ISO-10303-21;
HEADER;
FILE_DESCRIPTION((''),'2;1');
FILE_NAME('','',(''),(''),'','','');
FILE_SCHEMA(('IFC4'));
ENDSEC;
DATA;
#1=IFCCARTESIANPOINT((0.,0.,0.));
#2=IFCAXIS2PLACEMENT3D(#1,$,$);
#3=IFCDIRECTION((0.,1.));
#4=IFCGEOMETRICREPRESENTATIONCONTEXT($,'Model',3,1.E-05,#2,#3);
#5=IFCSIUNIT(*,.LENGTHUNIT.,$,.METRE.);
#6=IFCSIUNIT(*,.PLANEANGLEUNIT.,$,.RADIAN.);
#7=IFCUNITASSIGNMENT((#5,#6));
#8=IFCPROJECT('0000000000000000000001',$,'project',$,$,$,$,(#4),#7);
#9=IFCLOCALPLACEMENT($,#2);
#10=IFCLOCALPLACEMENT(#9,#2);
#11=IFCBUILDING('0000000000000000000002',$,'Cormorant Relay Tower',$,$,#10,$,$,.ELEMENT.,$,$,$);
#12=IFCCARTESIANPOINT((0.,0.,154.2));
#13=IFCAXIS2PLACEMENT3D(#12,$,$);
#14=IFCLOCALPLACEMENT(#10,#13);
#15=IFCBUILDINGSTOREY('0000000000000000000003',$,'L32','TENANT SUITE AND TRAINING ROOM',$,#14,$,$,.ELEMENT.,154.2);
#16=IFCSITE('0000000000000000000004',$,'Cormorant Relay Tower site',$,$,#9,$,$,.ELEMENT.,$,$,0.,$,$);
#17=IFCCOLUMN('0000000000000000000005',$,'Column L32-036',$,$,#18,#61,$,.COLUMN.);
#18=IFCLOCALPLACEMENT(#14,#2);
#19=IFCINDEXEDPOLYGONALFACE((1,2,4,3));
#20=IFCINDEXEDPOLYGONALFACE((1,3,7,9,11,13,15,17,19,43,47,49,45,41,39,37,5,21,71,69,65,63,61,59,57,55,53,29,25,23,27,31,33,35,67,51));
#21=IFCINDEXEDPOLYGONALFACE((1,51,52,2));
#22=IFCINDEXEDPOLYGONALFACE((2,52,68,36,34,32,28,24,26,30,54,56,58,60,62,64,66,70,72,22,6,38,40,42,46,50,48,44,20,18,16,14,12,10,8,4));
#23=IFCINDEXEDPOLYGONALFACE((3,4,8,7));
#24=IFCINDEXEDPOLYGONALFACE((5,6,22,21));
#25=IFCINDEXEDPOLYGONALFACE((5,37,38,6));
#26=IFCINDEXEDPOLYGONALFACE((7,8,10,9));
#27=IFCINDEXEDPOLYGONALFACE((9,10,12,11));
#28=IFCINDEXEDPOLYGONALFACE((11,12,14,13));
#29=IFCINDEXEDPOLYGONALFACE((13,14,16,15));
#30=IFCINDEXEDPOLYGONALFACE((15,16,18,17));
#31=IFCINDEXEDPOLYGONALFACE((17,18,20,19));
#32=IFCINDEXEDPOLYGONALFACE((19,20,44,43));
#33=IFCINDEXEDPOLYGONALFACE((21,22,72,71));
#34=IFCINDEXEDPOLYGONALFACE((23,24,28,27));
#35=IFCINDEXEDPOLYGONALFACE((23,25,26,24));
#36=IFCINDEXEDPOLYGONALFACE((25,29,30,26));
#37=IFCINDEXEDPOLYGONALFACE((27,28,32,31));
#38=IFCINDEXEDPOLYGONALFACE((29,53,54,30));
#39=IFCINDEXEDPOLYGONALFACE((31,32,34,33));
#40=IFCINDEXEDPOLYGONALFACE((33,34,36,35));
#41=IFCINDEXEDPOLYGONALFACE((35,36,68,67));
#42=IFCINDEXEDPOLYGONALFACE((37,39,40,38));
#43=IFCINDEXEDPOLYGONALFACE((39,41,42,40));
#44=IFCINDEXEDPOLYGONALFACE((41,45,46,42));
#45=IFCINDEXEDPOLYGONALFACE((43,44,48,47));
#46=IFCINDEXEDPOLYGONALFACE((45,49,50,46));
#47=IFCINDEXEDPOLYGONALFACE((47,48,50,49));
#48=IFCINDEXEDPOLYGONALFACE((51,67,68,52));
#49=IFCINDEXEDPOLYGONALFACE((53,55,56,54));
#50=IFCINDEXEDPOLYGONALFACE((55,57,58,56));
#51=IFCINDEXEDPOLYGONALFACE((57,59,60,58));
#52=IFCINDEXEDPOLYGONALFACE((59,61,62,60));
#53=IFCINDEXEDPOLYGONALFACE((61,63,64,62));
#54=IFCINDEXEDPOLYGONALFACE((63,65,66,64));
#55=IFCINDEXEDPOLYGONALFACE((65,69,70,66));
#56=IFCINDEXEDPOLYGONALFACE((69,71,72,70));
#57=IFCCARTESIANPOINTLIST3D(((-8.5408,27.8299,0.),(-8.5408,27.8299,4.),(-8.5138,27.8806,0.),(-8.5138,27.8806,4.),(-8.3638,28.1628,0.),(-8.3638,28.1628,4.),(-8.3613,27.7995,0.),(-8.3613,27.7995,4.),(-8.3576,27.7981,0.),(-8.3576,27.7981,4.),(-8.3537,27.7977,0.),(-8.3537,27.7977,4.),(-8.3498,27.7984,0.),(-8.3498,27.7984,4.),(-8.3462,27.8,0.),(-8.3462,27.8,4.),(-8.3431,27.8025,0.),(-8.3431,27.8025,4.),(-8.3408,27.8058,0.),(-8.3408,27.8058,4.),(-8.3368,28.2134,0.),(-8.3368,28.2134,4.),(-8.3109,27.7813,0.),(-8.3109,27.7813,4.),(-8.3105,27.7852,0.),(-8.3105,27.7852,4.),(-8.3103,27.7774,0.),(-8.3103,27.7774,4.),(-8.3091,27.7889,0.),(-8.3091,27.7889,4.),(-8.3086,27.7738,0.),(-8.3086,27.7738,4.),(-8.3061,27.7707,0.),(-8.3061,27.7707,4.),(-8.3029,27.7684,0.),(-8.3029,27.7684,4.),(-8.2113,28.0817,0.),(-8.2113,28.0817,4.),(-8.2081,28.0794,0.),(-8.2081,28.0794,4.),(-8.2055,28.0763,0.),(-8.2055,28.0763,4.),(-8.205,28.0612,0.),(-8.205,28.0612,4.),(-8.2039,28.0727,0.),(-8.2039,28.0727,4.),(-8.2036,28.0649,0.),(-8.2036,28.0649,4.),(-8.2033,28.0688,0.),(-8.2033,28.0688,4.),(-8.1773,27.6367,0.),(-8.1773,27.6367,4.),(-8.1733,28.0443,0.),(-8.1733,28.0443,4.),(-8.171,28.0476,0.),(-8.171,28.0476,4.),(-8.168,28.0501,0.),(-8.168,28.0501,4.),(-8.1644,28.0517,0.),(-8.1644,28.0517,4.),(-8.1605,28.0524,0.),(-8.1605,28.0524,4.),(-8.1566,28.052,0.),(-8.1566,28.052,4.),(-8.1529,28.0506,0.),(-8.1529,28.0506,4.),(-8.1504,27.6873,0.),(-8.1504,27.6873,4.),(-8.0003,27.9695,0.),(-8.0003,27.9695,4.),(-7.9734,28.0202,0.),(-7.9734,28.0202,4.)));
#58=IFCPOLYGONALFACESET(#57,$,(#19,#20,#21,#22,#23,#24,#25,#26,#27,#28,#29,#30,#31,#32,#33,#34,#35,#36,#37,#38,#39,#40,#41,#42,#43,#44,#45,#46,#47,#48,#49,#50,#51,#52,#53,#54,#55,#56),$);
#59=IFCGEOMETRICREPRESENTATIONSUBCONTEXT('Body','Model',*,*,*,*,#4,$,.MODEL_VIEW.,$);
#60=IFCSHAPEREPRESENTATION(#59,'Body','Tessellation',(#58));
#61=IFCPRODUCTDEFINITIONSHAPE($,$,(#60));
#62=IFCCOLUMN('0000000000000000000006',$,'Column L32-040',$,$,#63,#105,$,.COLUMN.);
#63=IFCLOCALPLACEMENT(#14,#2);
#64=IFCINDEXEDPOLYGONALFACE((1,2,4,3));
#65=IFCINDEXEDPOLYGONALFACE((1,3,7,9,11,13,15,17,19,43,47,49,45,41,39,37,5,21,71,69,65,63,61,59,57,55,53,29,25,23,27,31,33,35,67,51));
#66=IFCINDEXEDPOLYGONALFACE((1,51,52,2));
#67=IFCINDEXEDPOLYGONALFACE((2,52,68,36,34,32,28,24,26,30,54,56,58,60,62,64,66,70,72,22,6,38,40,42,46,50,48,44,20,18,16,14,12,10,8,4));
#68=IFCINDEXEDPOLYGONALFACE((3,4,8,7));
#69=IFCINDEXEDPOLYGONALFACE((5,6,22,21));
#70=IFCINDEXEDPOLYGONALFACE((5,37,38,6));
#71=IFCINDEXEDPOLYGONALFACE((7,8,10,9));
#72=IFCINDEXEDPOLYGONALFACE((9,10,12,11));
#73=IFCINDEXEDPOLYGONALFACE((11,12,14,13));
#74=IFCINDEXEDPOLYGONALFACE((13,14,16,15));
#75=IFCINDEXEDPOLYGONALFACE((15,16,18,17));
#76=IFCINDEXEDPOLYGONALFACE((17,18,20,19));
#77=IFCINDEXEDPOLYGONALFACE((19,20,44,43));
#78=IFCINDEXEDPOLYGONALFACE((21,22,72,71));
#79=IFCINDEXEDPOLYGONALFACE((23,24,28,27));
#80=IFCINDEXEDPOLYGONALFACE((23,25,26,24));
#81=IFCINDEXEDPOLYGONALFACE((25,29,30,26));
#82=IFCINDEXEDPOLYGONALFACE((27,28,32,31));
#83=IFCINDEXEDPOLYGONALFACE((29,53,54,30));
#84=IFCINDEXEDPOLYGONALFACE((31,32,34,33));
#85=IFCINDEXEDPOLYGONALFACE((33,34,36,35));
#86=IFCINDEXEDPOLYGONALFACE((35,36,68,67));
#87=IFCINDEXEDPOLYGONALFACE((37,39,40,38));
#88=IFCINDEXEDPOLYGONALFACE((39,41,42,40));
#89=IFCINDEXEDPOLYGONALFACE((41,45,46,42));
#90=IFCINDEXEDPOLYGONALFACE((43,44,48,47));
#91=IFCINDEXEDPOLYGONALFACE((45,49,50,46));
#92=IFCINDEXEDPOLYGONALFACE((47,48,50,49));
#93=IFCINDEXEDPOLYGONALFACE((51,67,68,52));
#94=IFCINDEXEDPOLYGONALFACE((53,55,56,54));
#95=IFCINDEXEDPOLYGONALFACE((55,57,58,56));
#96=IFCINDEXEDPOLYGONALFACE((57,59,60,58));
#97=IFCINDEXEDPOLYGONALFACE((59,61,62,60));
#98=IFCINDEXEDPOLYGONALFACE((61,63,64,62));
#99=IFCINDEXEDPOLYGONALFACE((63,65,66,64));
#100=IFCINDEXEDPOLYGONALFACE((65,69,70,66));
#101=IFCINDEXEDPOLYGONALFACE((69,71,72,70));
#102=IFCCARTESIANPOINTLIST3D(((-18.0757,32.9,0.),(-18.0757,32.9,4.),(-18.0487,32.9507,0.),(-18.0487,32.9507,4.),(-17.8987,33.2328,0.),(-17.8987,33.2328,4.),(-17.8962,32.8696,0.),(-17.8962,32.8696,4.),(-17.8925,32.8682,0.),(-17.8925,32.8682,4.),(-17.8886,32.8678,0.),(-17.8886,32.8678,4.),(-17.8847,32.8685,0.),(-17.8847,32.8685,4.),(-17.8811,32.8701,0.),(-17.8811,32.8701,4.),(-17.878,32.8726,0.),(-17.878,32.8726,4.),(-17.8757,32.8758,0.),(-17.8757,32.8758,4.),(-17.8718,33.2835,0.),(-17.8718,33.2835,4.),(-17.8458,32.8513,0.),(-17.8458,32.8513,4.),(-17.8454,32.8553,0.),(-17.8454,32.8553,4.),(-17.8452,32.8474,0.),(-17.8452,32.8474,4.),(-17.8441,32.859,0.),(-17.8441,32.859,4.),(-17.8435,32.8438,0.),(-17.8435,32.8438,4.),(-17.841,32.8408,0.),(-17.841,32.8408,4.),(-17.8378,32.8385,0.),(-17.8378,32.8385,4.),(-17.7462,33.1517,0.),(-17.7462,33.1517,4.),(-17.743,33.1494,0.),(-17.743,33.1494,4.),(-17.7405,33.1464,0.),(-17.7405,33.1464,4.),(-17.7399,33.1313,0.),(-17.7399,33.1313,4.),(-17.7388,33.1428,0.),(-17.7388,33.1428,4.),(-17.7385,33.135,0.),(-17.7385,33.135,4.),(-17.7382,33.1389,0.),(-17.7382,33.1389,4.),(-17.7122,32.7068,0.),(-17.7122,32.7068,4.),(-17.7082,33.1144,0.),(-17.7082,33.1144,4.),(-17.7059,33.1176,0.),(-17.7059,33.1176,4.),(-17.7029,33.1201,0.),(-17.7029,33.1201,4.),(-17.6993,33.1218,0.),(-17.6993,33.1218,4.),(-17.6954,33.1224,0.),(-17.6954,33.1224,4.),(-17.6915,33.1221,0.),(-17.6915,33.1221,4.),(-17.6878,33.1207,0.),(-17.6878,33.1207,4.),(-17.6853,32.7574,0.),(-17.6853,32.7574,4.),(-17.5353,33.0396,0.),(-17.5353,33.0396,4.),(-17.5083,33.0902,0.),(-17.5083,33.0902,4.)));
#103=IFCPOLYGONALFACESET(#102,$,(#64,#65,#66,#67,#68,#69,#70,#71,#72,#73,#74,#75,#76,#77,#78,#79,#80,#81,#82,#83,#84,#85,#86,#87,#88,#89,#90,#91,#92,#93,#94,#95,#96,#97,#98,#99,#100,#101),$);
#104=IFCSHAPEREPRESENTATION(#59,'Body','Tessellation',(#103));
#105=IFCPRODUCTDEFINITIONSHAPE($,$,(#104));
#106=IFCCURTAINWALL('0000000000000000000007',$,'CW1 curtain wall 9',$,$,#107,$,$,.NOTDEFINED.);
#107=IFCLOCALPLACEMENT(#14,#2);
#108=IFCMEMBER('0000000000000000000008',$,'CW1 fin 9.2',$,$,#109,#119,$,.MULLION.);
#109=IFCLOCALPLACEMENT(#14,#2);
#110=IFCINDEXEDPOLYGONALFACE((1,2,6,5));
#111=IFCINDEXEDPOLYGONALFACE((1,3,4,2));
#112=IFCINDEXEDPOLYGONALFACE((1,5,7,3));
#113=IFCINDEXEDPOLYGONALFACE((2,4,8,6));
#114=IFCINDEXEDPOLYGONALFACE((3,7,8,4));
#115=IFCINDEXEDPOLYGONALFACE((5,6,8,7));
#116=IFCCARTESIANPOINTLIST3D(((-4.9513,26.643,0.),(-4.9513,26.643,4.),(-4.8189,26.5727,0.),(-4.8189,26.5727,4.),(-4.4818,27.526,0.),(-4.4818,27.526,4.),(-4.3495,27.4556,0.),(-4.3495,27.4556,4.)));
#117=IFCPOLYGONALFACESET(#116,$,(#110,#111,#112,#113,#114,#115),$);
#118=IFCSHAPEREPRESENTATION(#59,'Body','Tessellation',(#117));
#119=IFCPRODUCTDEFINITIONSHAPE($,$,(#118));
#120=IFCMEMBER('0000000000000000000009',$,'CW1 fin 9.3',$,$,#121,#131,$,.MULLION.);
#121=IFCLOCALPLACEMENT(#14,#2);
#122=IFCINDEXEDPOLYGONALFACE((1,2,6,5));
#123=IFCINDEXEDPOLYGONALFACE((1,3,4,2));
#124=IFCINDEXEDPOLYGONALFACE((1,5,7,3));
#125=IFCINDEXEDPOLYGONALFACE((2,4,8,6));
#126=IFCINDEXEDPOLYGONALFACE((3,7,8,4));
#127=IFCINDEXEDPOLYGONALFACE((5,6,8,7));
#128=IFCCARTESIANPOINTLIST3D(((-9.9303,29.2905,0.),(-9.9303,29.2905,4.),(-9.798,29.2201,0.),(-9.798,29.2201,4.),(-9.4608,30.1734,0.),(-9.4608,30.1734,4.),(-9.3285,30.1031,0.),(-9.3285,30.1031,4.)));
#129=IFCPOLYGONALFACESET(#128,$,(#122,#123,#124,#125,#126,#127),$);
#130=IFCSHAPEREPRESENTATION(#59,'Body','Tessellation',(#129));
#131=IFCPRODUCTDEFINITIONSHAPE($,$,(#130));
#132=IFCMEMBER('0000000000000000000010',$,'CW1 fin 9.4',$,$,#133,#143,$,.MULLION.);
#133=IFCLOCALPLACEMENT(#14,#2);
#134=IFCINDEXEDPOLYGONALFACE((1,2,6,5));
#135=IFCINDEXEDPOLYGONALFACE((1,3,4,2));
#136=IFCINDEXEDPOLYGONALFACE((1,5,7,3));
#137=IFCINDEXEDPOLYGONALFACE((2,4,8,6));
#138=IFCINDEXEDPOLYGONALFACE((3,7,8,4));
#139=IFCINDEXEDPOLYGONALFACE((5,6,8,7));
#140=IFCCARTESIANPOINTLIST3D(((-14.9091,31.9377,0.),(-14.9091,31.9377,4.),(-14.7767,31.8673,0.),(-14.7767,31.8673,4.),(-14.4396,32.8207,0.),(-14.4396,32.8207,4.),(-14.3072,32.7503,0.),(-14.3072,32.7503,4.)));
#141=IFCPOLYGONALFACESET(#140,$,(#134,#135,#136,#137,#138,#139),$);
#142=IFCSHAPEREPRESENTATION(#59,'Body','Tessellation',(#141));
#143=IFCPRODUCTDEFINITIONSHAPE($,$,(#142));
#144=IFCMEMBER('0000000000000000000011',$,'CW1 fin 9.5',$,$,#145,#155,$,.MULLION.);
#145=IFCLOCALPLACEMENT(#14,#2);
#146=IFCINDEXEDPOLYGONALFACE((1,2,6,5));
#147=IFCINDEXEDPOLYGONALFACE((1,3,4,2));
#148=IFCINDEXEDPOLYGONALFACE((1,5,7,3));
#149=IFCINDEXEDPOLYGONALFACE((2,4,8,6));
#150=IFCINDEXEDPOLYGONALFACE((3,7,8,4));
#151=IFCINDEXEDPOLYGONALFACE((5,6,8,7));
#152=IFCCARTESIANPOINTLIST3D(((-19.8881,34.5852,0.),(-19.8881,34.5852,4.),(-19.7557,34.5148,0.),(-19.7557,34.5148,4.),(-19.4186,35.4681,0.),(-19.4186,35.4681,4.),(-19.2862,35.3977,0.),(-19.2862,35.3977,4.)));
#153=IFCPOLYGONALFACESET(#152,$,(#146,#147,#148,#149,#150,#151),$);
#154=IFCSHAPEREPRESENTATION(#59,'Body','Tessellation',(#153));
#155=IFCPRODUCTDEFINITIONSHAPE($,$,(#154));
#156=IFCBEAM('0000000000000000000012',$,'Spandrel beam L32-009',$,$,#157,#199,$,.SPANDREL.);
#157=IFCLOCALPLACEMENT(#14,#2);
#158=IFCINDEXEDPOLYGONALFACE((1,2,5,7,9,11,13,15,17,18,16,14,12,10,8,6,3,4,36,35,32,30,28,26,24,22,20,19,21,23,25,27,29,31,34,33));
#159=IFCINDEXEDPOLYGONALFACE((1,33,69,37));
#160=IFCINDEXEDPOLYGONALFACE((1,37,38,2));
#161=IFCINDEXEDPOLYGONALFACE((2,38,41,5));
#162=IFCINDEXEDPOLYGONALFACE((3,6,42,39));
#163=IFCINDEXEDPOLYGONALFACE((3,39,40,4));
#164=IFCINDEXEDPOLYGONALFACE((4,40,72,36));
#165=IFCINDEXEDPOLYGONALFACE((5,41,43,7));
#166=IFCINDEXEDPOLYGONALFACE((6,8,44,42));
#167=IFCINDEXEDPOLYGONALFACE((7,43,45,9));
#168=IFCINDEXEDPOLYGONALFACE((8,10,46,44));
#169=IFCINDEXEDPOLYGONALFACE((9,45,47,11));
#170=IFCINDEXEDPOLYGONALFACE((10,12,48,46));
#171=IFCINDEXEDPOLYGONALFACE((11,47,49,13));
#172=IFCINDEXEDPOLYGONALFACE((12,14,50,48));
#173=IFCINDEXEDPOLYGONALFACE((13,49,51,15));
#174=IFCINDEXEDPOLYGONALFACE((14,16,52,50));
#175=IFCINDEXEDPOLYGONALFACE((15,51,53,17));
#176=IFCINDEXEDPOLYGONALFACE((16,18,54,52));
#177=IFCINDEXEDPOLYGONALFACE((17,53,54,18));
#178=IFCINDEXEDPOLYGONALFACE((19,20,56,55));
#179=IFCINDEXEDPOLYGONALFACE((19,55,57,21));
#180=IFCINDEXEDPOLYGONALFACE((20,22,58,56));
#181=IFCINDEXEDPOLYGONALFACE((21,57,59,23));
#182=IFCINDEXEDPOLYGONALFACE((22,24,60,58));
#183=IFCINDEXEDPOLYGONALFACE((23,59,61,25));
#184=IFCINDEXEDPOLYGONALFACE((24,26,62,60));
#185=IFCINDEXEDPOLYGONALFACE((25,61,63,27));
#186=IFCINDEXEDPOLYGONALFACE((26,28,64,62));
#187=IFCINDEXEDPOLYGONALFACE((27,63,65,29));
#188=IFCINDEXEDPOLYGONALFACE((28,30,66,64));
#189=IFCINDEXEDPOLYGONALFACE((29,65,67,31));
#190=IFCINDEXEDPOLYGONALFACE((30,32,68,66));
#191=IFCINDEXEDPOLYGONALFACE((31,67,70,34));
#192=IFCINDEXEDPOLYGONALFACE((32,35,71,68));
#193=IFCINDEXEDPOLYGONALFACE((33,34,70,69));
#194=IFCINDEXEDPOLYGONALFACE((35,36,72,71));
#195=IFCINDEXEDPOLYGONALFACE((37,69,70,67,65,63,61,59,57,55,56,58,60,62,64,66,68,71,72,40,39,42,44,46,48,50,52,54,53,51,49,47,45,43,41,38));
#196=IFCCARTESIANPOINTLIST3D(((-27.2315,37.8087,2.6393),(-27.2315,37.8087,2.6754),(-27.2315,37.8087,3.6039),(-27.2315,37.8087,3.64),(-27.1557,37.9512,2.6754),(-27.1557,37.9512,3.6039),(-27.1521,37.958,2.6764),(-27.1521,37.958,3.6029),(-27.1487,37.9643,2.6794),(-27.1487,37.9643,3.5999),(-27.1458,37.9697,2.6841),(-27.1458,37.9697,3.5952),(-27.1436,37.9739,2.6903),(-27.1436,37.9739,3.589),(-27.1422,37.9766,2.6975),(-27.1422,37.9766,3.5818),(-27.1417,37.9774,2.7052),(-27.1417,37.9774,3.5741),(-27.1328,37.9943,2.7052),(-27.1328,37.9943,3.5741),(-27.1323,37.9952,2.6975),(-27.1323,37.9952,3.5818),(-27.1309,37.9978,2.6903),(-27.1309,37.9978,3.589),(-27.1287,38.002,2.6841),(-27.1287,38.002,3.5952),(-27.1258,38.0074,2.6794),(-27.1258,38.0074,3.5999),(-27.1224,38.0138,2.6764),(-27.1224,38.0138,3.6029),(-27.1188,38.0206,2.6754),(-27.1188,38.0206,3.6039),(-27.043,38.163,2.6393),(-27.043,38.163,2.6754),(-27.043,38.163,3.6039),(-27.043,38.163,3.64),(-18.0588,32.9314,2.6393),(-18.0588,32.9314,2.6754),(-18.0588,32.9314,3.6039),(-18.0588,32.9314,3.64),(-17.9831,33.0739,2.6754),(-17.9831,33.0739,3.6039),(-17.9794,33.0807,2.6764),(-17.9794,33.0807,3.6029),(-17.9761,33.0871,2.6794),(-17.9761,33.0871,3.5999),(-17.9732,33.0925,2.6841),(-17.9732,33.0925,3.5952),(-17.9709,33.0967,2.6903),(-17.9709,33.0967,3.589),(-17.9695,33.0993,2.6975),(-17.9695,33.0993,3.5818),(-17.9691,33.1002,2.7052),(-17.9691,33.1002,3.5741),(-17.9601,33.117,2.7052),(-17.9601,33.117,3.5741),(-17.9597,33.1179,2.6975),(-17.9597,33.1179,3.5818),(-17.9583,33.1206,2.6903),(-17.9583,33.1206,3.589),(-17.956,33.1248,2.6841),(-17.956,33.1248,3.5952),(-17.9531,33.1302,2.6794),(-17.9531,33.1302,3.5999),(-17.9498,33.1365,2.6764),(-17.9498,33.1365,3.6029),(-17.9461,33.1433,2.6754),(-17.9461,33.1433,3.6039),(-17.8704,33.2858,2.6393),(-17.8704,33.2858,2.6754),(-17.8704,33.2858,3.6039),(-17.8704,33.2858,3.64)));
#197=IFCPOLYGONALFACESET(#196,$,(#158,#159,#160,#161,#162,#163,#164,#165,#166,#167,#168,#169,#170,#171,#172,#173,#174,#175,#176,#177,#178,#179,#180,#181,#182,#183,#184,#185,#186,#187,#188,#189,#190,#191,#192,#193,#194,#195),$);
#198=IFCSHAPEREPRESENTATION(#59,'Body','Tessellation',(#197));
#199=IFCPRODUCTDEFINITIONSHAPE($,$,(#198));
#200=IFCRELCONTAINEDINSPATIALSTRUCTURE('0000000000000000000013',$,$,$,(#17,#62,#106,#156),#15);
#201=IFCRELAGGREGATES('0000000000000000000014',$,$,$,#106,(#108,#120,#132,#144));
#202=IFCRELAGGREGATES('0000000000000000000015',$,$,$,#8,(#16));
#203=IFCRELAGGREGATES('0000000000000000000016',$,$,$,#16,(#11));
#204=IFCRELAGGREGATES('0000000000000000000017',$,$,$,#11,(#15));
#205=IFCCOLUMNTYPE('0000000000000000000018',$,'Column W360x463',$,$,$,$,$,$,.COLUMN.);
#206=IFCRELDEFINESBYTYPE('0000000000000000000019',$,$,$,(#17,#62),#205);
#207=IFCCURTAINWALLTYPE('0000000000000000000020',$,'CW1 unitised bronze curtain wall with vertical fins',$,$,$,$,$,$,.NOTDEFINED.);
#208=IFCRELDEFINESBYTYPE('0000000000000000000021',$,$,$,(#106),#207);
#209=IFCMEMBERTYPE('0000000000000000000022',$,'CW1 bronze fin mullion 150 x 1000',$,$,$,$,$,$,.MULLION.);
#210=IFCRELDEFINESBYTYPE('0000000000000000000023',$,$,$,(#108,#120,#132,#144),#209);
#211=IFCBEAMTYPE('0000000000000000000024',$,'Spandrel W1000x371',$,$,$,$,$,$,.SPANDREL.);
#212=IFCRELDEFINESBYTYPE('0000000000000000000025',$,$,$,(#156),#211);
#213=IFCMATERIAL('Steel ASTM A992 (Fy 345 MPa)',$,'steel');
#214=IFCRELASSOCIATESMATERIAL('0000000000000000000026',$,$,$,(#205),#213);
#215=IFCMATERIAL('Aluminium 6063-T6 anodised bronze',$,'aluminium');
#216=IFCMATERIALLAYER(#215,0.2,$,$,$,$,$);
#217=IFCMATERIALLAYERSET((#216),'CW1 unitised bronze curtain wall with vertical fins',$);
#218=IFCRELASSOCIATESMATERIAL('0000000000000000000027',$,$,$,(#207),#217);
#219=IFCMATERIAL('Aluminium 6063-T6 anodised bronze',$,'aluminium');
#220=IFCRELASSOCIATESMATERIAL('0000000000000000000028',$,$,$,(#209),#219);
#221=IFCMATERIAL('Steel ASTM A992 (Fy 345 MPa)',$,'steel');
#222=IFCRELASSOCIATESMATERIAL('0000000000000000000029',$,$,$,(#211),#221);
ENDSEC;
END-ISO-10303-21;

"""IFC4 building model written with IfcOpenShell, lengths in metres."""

from ifc_helpers import new_model, si_unit, direction, frame, origin, origin_2d, place, context, subcontext, project, spatial, rectangle, i_section, extrude, material, layer, layer_set, material_profile, profile_set, type_object, element, aggregate, save


model = new_model("IFC4")

# Units and contexts
model_context = context("Model", 3, precision=1e-05, world=origin(), true_north=direction((0.0, 1.0)))
body_context = subcontext(model_context, "Body", "Model", "MODEL_VIEW")
ifc_project = project(units=[si_unit("LENGTHUNIT", "METRE"), si_unit("PLANEANGLEUNIT", "RADIAN")], contexts=[model_context])

# Site, building, storey
site_placement = place(None, origin())
site = spatial("IfcSite", under=ifc_project, at=site_placement, Name="Cormorant Relay Tower site", CompositionType="ELEMENT", RefElevation=0.0)
building_placement = place(site_placement, origin())
building = spatial("IfcBuilding", under=site, at=building_placement, Name="Cormorant Relay Tower", CompositionType="ELEMENT")
storey_placement = place(building_placement, frame((0.0, 0.0, 154.2)))
storey = spatial("IfcBuildingStorey", under=building, at=storey_placement, Name="L32", Description="TENANT SUITE AND TRAINING ROOM", CompositionType="ELEMENT", Elevation=154.2)

# Columns
ifc_material_1 = material(Name="Steel ASTM A992 (Fy 345 MPa)", Category="steel")
ifc_material_profile_1 = material_profile(ifc_material_1, i_section(OverallWidth=0.4116, OverallDepth=0.4343, WebThickness=0.0359, FlangeThickness=0.0574, FilletRadius=0.0151, at=origin_2d()), Name="W360x463")
ifc_profile_set_1 = profile_set([ifc_material_profile_1], Name="Steel ASTM A992 (Fy 345 MPa)")
column_type = type_object("IfcColumnType", Name="Column W360x463", PredefinedType="COLUMN", material=ifc_profile_set_1)
for number, where, z_axis, x_axis, name in (
    (1, (-8.2571, 27.925, 0.0), (0.0, 0.0, 1.0), (-0.882948, 0.469472, 0.0), "Column L32-036"),
    (2, (-17.792, 32.9951, 0.0), (0.0, 0.0, 1.0), (-0.882948, 0.469472, 0.0), "Column L32-040"),
):
    element("IfcColumn", number, at=place(storey_placement, frame(where, z_axis=z_axis, x_axis=x_axis)), inside=storey, type_object=column_type, Name=name, PredefinedType="COLUMN", context=body_context, shape_type="SweptSolid", body=[
        extrude(i_section(OverallWidth=0.4116, OverallDepth=0.4343, WebThickness=0.0359, FlangeThickness=0.0574, FilletRadius=0.0151, at=origin_2d()), origin(), (0.0, 0.0, 1.0), 4.0),
    ])

# Curtain wall, members
ifc_material_2 = material(Name="Aluminium 6063-T6 anodised bronze", Category="aluminium")
ifc_layer_1 = layer(ifc_material_2, 0.2)
ifc_layer_set_1 = layer_set([ifc_layer_1], Name="CW1 unitised bronze curtain wall with vertical fins")
curtain_wall_type = type_object("IfcCurtainWallType", Name="CW1 unitised bronze curtain wall with vertical fins", PredefinedType="NOTDEFINED", material=ifc_layer_set_1)
curtain_wall_placement = place(storey_placement, origin())
curtain_wall = element("IfcCurtainWall", 3, at=curtain_wall_placement, inside=storey, type_object=curtain_wall_type, Name="CW1 curtain wall 9", PredefinedType="NOTDEFINED")
ifc_material_3 = material(Name="Aluminium 6063-T6 anodised bronze", Category="aluminium")
ifc_material_profile_2 = material_profile(ifc_material_3, rectangle(XDim=0.1499, YDim=1.0, at=origin_2d()), Name="AL 150x1000")
ifc_profile_set_2 = profile_set([ifc_material_profile_2], Name="Aluminium 6063-T6 anodised bronze")
member_type = type_object("IfcMemberType", Name="CW1 bronze fin mullion 150 x 1000", PredefinedType="MULLION", material=ifc_profile_set_2)
member_1_placement = place(storey_placement, frame((-4.6504, 27.0493, 0.0), z_axis=(0.0, 0.0, 1.0), x_axis=(-0.882948, 0.469472, 0.0)))
member_1 = element("IfcMember", 4, at=member_1_placement, type_object=member_type, Name="CW1 fin 9.2", PredefinedType="MULLION", context=body_context, shape_type="SweptSolid", body=[
    extrude(rectangle(XDim=0.1499, YDim=1.0, at=origin_2d()), origin(), (0.0, 0.0, 1.0), 4.0),
])
member_2_placement = place(storey_placement, frame((-9.6294, 29.6968, 0.0), z_axis=(0.0, 0.0, 1.0), x_axis=(-0.882948, 0.469472, 0.0)))
member_2 = element("IfcMember", 5, at=member_2_placement, type_object=member_type, Name="CW1 fin 9.3", PredefinedType="MULLION", context=body_context, shape_type="SweptSolid", body=[
    extrude(rectangle(XDim=0.1499, YDim=1.0, at=origin_2d()), origin(), (0.0, 0.0, 1.0), 4.0),
])
member_3_placement = place(storey_placement, frame((-14.6082, 32.344, 0.0), z_axis=(0.0, 0.0, 1.0), x_axis=(-0.882948, 0.469472, 0.0)))
member_3 = element("IfcMember", 6, at=member_3_placement, type_object=member_type, Name="CW1 fin 9.4", PredefinedType="MULLION", context=body_context, shape_type="SweptSolid", body=[
    extrude(rectangle(XDim=0.1499, YDim=1.0, at=origin_2d()), origin(), (0.0, 0.0, 1.0), 4.0),
])
member_4_placement = place(storey_placement, frame((-19.5872, 34.9915, 0.0), z_axis=(0.0, 0.0, 1.0), x_axis=(-0.882948, 0.469472, 0.0)))
member_4 = element("IfcMember", 7, at=member_4_placement, type_object=member_type, Name="CW1 fin 9.5", PredefinedType="MULLION", context=body_context, shape_type="SweptSolid", body=[
    extrude(rectangle(XDim=0.1499, YDim=1.0, at=origin_2d()), origin(), (0.0, 0.0, 1.0), 4.0),
])

# Beam
ifc_material_4 = material(Name="Steel ASTM A992 (Fy 345 MPa)", Category="steel")
ifc_material_profile_3 = material_profile(ifc_material_4, i_section(OverallWidth=0.4014, OverallDepth=1.0007, WebThickness=0.019, FlangeThickness=0.0361, FilletRadius=0.0298, at=origin_2d()), Name="W1000x371")
ifc_profile_set_3 = profile_set([ifc_material_profile_3], Name="Steel ASTM A992 (Fy 345 MPa)")
beam_type_1 = type_object("IfcBeamType", Name="Spandrel W1000x371", PredefinedType="SPANDREL", material=ifc_profile_set_3)
beam_1_placement = place(storey_placement, frame((-17.9646, 33.1086, 3.1396), z_axis=(-0.882946, 0.469474, 0.0), x_axis=(-0.469474, -0.882946, 0.0)))
element("IfcBeam", 8, at=beam_1_placement, inside=storey, type_object=beam_type_1, Name="Spandrel beam L32-009", PredefinedType="SPANDREL", context=body_context, shape_type="SweptSolid", body=[
    extrude(i_section(OverallWidth=0.4014, OverallDepth=1.0007, WebThickness=0.019, FlangeThickness=0.0361, FilletRadius=0.0298, at=origin_2d()), origin(), (0.0, 0.0, 1.0), 10.3887),
])

aggregate(curtain_wall, [member_1, member_2, member_3, member_4])

save(model, "model.ifc")
